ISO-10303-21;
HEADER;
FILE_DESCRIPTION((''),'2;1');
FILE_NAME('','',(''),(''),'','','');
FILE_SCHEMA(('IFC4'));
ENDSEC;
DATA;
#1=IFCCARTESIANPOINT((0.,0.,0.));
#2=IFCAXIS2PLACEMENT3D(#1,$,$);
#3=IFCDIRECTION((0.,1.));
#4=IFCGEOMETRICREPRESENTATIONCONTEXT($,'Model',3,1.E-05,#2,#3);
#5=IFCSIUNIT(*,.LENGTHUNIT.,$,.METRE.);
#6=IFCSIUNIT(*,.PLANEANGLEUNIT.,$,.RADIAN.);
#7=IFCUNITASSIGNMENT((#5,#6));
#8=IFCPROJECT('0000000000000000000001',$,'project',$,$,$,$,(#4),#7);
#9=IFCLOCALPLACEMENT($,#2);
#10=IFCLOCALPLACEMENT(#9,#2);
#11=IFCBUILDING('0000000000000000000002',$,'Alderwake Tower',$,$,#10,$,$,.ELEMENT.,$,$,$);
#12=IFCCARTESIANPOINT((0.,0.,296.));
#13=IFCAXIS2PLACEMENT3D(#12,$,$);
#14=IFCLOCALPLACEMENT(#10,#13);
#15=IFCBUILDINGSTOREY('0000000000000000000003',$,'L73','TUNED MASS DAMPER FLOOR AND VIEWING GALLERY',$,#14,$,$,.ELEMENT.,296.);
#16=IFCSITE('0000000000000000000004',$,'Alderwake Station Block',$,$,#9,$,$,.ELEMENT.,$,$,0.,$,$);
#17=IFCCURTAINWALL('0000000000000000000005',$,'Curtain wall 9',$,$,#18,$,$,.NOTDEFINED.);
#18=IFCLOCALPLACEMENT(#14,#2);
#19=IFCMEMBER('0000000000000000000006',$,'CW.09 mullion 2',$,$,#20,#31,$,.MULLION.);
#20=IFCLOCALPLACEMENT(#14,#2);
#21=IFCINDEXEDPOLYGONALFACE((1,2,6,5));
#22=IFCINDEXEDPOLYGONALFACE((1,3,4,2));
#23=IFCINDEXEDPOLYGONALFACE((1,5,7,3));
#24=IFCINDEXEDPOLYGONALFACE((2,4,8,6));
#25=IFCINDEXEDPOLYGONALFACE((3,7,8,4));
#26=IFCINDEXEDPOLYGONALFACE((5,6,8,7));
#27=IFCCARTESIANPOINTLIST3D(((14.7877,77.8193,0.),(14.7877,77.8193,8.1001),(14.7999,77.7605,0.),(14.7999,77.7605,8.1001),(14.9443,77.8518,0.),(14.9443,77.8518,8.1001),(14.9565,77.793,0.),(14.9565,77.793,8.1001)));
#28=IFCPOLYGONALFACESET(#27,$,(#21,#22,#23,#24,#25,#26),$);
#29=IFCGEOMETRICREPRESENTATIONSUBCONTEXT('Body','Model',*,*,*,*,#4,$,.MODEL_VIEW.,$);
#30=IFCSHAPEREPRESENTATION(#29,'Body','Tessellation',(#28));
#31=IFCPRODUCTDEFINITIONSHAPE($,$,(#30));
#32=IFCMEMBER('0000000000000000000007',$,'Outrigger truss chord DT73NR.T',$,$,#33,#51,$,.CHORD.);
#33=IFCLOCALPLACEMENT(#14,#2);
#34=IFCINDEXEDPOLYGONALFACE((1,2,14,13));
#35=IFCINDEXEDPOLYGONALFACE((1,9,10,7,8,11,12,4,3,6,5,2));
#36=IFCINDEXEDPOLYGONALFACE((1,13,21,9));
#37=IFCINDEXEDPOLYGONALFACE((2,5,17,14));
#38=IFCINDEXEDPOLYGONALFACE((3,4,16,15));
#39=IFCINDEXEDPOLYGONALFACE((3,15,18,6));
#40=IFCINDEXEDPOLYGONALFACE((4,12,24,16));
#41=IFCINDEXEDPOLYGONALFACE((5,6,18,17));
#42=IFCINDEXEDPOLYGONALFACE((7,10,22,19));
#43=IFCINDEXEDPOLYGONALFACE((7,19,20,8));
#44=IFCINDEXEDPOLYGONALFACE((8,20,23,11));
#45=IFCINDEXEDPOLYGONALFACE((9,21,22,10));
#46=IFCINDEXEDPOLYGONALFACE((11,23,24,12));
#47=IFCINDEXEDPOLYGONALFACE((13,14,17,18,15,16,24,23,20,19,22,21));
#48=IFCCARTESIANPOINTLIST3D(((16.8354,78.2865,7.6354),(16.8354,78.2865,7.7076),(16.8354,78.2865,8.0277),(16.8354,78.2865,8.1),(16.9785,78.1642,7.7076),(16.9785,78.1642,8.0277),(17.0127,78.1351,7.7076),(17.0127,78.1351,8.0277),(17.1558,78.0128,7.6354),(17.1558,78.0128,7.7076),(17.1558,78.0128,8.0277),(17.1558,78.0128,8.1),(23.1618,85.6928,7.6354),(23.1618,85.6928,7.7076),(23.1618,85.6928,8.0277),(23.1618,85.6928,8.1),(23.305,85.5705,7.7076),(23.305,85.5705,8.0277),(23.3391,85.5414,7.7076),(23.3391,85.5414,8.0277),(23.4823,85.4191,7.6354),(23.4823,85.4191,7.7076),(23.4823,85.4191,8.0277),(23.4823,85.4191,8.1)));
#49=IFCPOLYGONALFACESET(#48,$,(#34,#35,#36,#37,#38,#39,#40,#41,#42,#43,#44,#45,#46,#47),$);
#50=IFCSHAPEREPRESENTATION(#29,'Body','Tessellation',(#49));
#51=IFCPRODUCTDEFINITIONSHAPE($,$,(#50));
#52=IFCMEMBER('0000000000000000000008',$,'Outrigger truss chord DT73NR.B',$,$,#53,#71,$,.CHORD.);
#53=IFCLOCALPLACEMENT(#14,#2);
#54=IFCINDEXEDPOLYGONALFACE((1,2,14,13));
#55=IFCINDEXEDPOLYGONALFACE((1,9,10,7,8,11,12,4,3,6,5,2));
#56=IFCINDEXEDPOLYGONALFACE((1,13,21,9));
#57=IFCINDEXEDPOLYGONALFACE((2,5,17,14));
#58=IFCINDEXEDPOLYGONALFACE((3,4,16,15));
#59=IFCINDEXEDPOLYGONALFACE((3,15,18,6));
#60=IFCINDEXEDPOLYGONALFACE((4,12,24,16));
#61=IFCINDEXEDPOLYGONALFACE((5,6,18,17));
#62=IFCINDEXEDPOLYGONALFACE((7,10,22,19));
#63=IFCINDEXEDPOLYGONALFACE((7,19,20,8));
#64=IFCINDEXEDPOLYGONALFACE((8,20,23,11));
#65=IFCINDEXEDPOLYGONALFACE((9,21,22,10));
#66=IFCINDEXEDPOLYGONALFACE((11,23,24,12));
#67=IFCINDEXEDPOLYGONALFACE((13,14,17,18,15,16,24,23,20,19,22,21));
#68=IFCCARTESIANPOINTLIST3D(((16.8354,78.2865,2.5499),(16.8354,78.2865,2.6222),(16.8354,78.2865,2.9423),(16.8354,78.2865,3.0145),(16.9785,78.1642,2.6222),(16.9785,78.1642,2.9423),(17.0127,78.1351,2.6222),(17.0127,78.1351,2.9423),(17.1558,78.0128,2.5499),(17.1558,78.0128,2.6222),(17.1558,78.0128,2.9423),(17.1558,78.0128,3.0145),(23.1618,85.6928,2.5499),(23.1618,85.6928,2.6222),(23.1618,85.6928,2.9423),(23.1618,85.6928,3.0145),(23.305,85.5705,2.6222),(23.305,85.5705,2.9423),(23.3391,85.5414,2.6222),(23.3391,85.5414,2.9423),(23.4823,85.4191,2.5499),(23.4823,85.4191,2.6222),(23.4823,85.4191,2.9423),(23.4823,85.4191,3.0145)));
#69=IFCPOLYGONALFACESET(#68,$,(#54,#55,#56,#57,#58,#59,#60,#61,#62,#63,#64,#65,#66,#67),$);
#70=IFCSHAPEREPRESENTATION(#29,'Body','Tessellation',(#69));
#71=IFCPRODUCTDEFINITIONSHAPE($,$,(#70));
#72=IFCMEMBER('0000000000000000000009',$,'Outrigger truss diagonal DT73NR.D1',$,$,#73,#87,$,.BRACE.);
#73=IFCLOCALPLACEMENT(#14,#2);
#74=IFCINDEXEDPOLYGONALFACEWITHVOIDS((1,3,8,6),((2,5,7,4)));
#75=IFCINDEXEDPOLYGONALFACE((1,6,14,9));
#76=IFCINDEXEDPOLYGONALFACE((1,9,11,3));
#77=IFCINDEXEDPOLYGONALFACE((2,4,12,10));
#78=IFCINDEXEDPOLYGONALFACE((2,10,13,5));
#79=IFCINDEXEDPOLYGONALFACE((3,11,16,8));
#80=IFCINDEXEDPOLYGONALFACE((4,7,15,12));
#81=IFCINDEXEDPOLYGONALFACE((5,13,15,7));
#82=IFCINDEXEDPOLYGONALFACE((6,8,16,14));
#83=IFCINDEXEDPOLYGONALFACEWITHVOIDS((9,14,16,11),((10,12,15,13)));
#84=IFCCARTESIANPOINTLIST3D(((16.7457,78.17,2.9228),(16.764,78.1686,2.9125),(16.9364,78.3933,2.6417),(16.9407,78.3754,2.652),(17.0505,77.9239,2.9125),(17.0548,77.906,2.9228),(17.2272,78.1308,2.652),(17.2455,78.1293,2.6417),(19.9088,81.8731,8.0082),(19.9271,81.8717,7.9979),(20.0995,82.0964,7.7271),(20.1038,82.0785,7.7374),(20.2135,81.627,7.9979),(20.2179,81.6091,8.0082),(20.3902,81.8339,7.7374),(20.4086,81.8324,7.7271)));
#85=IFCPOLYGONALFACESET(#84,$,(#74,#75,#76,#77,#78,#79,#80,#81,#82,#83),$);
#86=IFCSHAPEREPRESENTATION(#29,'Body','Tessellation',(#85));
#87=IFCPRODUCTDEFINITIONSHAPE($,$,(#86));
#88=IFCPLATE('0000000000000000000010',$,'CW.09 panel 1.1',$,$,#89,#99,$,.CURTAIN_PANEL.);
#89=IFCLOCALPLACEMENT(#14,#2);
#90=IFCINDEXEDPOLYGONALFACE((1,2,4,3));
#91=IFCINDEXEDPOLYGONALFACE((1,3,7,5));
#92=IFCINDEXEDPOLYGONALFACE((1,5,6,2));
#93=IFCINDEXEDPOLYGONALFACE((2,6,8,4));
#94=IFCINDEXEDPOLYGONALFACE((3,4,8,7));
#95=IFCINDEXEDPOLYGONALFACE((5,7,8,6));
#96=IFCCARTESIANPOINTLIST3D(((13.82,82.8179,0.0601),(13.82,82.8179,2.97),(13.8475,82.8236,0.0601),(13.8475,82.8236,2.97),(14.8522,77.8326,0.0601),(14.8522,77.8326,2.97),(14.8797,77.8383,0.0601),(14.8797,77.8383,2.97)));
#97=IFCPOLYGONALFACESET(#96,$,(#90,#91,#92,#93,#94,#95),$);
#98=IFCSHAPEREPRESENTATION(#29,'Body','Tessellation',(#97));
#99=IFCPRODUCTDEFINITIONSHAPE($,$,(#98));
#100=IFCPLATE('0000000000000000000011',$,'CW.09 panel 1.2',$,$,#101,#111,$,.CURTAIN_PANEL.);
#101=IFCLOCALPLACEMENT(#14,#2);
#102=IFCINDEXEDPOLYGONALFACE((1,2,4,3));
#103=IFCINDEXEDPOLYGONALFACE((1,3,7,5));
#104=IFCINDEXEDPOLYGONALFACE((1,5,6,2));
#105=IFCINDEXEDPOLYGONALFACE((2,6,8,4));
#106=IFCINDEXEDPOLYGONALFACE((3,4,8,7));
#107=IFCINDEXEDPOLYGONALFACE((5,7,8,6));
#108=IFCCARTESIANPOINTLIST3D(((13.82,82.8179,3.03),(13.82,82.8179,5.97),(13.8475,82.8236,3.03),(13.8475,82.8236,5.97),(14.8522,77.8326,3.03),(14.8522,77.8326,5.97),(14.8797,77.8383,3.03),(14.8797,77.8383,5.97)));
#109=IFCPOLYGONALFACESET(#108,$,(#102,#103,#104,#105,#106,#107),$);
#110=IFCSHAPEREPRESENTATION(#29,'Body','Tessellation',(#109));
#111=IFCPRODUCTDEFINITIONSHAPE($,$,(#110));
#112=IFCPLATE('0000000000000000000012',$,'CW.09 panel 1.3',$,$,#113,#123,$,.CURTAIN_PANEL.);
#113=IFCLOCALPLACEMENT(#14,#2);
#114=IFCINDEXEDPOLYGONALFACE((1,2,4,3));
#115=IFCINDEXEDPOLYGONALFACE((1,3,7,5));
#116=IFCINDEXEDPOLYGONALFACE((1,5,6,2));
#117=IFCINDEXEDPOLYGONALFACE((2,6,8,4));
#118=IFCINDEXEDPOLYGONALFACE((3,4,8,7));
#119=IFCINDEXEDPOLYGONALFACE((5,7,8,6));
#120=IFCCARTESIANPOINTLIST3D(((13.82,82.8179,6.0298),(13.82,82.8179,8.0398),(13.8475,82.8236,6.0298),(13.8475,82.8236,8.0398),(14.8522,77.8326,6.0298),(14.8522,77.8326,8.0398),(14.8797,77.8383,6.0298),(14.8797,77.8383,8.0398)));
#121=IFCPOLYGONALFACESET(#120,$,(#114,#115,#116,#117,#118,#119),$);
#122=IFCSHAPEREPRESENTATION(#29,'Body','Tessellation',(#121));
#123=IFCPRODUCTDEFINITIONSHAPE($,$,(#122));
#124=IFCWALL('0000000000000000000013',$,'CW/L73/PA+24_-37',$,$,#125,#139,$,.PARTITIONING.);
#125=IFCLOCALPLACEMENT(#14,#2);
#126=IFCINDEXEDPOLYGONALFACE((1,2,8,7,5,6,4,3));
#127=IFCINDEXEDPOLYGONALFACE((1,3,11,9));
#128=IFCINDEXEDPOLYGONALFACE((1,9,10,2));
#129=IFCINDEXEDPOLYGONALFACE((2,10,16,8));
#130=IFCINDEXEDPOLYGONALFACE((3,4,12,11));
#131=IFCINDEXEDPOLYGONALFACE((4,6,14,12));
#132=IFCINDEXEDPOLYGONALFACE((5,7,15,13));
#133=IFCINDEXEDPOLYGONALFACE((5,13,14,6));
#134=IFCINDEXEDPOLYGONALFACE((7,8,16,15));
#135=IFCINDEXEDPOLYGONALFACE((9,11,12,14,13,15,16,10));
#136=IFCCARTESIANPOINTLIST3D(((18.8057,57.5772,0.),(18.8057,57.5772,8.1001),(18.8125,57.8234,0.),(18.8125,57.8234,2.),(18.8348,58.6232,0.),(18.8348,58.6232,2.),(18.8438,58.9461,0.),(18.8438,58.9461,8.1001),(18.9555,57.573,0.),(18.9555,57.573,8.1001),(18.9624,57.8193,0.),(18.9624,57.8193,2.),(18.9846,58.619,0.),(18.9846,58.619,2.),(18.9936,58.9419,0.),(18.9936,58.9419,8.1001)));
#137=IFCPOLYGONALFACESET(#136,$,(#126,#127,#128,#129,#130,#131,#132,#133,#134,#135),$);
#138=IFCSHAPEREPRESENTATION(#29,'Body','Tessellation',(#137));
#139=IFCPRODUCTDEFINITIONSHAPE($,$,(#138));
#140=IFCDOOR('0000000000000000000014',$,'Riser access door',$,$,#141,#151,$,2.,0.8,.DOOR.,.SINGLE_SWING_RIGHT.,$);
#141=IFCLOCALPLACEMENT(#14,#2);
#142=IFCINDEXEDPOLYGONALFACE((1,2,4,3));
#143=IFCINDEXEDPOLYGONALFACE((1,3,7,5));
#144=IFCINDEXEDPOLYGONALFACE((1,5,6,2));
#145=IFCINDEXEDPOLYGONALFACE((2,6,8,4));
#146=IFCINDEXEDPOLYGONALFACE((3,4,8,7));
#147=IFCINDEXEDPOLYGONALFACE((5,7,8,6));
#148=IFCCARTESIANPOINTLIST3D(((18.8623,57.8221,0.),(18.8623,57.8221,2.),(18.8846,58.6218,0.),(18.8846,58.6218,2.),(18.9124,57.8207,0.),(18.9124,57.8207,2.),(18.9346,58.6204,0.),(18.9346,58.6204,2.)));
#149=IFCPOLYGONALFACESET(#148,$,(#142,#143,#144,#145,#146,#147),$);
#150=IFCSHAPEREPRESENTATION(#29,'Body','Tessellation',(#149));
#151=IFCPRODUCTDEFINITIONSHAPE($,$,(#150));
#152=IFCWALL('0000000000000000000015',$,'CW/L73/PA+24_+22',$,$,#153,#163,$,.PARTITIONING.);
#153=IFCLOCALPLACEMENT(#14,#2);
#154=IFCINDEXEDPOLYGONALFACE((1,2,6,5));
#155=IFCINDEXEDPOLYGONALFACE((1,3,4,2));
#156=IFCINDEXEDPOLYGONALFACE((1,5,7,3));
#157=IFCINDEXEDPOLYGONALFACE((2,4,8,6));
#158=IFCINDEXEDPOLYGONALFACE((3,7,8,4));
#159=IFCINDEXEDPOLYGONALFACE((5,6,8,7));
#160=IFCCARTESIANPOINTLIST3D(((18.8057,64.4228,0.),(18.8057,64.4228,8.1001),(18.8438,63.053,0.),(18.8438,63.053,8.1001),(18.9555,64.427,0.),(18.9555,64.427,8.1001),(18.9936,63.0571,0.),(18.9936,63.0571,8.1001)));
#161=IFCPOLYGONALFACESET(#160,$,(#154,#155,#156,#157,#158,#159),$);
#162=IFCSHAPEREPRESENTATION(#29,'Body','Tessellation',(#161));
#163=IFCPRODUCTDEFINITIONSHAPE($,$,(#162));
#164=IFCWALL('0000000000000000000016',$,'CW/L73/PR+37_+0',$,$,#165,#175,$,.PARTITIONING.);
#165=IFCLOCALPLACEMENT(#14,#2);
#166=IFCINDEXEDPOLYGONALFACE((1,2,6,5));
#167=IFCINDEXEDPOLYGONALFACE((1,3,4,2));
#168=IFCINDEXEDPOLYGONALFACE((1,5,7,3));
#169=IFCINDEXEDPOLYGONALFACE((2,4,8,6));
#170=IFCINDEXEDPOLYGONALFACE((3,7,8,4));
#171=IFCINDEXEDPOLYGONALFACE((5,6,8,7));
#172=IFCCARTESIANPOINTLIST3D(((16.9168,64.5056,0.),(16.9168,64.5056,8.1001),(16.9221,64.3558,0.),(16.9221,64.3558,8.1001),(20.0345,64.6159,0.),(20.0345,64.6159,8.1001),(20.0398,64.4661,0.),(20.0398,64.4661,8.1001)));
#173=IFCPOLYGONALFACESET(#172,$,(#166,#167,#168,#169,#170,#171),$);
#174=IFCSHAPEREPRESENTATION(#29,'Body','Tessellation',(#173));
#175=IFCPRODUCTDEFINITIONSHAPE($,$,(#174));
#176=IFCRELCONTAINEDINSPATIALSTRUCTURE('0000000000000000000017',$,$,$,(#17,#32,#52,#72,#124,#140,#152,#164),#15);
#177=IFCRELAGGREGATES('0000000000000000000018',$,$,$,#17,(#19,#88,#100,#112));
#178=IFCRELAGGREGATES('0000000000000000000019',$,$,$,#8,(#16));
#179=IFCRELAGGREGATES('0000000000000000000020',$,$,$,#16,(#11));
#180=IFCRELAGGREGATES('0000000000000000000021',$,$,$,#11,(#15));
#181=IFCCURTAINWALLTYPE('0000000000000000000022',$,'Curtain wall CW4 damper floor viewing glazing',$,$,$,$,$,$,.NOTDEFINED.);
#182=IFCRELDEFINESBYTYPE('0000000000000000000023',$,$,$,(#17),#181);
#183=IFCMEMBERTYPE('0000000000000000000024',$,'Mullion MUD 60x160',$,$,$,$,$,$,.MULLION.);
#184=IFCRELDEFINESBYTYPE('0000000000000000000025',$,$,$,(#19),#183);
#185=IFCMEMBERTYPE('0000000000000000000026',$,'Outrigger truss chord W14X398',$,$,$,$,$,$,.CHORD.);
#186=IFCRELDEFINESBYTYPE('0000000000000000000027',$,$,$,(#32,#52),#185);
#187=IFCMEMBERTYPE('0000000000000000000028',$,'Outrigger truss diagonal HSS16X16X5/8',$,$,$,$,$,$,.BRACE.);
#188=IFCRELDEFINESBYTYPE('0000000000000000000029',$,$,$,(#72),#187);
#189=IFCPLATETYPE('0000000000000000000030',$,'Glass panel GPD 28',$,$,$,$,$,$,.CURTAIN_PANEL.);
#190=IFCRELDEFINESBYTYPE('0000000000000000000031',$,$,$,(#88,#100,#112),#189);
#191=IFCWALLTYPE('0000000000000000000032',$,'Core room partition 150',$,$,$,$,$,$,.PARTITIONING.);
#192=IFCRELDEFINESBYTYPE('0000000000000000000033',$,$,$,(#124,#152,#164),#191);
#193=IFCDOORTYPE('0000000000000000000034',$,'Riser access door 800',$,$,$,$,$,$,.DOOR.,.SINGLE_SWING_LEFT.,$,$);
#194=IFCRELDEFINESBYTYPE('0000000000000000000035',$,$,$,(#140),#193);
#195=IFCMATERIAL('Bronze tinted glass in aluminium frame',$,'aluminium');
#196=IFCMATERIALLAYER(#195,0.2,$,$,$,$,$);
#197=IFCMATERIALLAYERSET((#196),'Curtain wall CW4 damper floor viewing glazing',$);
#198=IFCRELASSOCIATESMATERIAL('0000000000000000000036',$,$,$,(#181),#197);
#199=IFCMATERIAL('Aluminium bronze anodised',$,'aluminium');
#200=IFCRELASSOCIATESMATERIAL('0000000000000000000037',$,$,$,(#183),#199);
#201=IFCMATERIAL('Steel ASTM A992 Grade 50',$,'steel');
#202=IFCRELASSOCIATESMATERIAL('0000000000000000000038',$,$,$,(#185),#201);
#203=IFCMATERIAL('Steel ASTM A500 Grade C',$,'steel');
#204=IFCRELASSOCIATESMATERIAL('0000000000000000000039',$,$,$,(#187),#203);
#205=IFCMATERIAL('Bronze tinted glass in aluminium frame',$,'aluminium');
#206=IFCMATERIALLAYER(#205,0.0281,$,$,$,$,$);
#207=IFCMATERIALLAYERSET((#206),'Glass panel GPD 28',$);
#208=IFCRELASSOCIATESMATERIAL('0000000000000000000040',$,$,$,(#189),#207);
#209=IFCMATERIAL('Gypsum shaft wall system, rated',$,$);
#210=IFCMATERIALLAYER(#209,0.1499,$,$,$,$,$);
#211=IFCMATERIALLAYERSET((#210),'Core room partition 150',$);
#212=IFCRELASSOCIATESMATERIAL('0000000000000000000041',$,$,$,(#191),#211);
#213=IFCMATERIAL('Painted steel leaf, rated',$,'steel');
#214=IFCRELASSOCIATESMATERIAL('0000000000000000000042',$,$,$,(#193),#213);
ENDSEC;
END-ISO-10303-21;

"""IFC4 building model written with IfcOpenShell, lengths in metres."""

from ifc_helpers import new_model, si_unit, direction, frame, frame_2d, origin, origin_2d, place, context, subcontext, project, spatial, rectangle, hollow_rectangle, i_section, extrude, material, layer, layer_set, material_profile, profile_set, type_object, element, fill, aggregate, save


model = new_model("IFC4")

# Units and contexts
model_context = context("Model", 3, precision=1e-05, world=origin(), true_north=direction((0.0, 1.0)))
body_context = subcontext(model_context, "Body", "Model", "MODEL_VIEW")
ifc_project = project(units=[si_unit("LENGTHUNIT", "METRE"), si_unit("PLANEANGLEUNIT", "RADIAN")], contexts=[model_context])

# Site, building, storey
site_placement = place(None, origin())
site = spatial("IfcSite", under=ifc_project, at=site_placement, Name="Alderwake Station Block", CompositionType="ELEMENT", RefElevation=0.0)
building_placement = place(site_placement, origin())
building = spatial("IfcBuilding", under=site, at=building_placement, Name="Alderwake Tower", CompositionType="ELEMENT")
storey_placement = place(building_placement, frame((0.0, 0.0, 296.0)))
storey = spatial("IfcBuildingStorey", under=building, at=storey_placement, Name="L73", Description="TUNED MASS DAMPER FLOOR AND VIEWING GALLERY", CompositionType="ELEMENT", Elevation=296.0)

# Curtain wall, member
ifc_material_1 = material(Name="Bronze tinted glass in aluminium frame", Category="aluminium")
ifc_layer_1 = layer(ifc_material_1, 0.2)
ifc_layer_set_1 = layer_set([ifc_layer_1], Name="Curtain wall CW4 damper floor viewing glazing")
curtain_wall_type = type_object("IfcCurtainWallType", Name="Curtain wall CW4 damper floor viewing glazing", PredefinedType="NOTDEFINED", material=ifc_layer_set_1)
curtain_wall_placement = place(storey_placement, origin())
curtain_wall = element("IfcCurtainWall", 1, at=curtain_wall_placement, inside=storey, type_object=curtain_wall_type, Name="Curtain wall 9", PredefinedType="NOTDEFINED")
ifc_material_2 = material(Name="Aluminium bronze anodised", Category="aluminium")
ifc_material_profile_1 = material_profile(ifc_material_2, rectangle(XDim=0.1599, YDim=0.0601, at=origin_2d()), Name="Mullion MUD 60x160")
ifc_profile_set_1 = profile_set([ifc_material_profile_1], Name="Aluminium bronze anodised")
member_type_1 = type_object("IfcMemberType", Name="Mullion MUD 60x160", PredefinedType="MULLION", material=ifc_profile_set_1)
member_1_placement = place(storey_placement, frame((14.8721, 77.8062, 0.0), z_axis=(0.0, 0.0, 1.0), x_axis=(0.979229, 0.202758, 0.0)))
member_1 = element("IfcMember", 2, at=member_1_placement, type_object=member_type_1, Name="CW.09 mullion 2", PredefinedType="MULLION", context=body_context, shape_type="SweptSolid", body=[
    extrude(rectangle(XDim=0.1599, YDim=0.0601, at=origin_2d()), origin(), (0.0, 0.0, 1.0), 8.1001),
])

# Members
ifc_material_3 = material(Name="Steel ASTM A992 Grade 50", Category="steel")
ifc_material_profile_2 = material_profile(ifc_material_3, i_section(OverallWidth=0.4214, OverallDepth=0.4646, WebThickness=0.0449, FlangeThickness=0.0723, at=origin_2d()), Name="W14X398")
ifc_profile_set_2 = profile_set([ifc_material_profile_2], Name="Steel ASTM A992 Grade 50")
member_type_2 = type_object("IfcMemberType", Name="Outrigger truss chord W14X398", PredefinedType="CHORD", material=ifc_profile_set_2)
for number, where, z_axis, x_axis, name in (
    (3, (16.9956, 78.1497, 7.8677), (0.6495, 0.760361, 0.0), (-0.760361, 0.6495, 0.0), "Outrigger truss chord DT73NR.T"),
    (4, (16.9956, 78.1497, 2.7822), (0.6495, 0.760361, 0.0), (-0.760361, 0.6495, 0.0), "Outrigger truss chord DT73NR.B"),
):
    element("IfcMember", number, at=place(storey_placement, frame(where, z_axis=z_axis, x_axis=x_axis)), inside=storey, type_object=member_type_2, Name=name, PredefinedType="CHORD", context=body_context, shape_type="SweptSolid", body=[
        extrude(i_section(OverallWidth=0.4214, OverallDepth=0.4646, WebThickness=0.0449, FlangeThickness=0.0723, at=origin_2d()), origin(), (0.0, 0.0, 1.0), 9.7405),
    ])
ifc_material_4 = material(Name="Steel ASTM A500 Grade C", Category="steel")
ifc_material_profile_3 = material_profile(ifc_material_4, hollow_rectangle(XDim=0.4065, YDim=0.4065, WallThickness=0.0149, at=origin_2d()), Name="HSS16X16X5/8")
ifc_profile_set_3 = profile_set([ifc_material_profile_3], Name="Steel ASTM A500 Grade C")
member_type_3 = type_object("IfcMemberType", Name="Outrigger truss diagonal HSS16X16X5/8", PredefinedType="BRACE", material=ifc_profile_set_3)
member_2_placement = place(storey_placement, frame((16.9956, 78.1497, 2.7822), z_axis=(0.449218, 0.525914, 0.722231), x_axis=(-0.760374, 0.649486, 0.0)))
element("IfcMember", 5, at=member_2_placement, inside=storey, type_object=member_type_3, Name="Outrigger truss diagonal DT73NR.D1", PredefinedType="BRACE", context=body_context, shape_type="SweptSolid", body=[
    extrude(hollow_rectangle(XDim=0.4065, YDim=0.4065, WallThickness=0.0149, at=origin_2d()), origin(), (0.0, 0.0, 1.0), 7.0413),
])

# Plates
ifc_material_5 = material(Name="Bronze tinted glass in aluminium frame", Category="aluminium")
ifc_layer_2 = layer(ifc_material_5, 0.0281)
ifc_layer_set_2 = layer_set([ifc_layer_2], Name="Glass panel GPD 28")
plate_type = type_object("IfcPlateType", Name="Glass panel GPD 28", PredefinedType="CURTAIN_PANEL", material=ifc_layer_set_2)
plate_1_placement = place(storey_placement, frame((14.3499, 80.3281, 0.0601), z_axis=(0.0, 0.0, 1.0), x_axis=(0.202758, -0.979229, 0.0)))
plate_1 = element("IfcPlate", 6, at=plate_1_placement, type_object=plate_type, Name="CW.09 panel 1.1", PredefinedType="CURTAIN_PANEL", context=body_context, shape_type="SweptSolid", body=[
    extrude(rectangle(XDim=5.0911, YDim=0.0281, at=origin_2d()), origin(), (0.0, 0.0, 1.0), 2.9099),
])
plate_2_placement = place(storey_placement, frame((14.3499, 80.3281, 3.03), z_axis=(0.0, 0.0, 1.0), x_axis=(0.202758, -0.979229, 0.0)))
plate_2 = element("IfcPlate", 7, at=plate_2_placement, type_object=plate_type, Name="CW.09 panel 1.2", PredefinedType="CURTAIN_PANEL", context=body_context, shape_type="SweptSolid", body=[
    extrude(rectangle(XDim=5.0911, YDim=0.0281, at=origin_2d()), origin(), (0.0, 0.0, 1.0), 2.9399),
])
plate_3_placement = place(storey_placement, frame((14.3499, 80.3281, 6.0298), z_axis=(0.0, 0.0, 1.0), x_axis=(0.202758, -0.979229, 0.0)))
plate_3 = element("IfcPlate", 8, at=plate_3_placement, type_object=plate_type, Name="CW.09 panel 1.3", PredefinedType="CURTAIN_PANEL", context=body_context, shape_type="SweptSolid", body=[
    extrude(rectangle(XDim=5.0911, YDim=0.0281, at=origin_2d()), origin(), (0.0, 0.0, 1.0), 2.01),
])
aggregate(curtain_wall, [member_1, plate_1, plate_2, plate_3])

# Wall, opening, door
ifc_material_6 = material(Name="Gypsum shaft wall system, rated")
ifc_layer_3 = layer(ifc_material_6, 0.1499)
ifc_layer_set_3 = layer_set([ifc_layer_3], Name="Core room partition 150")
wall_type_1 = type_object("IfcWallType", Name="Core room partition 150", PredefinedType="PARTITIONING", material=ifc_layer_set_3)
wall_1_placement = place(storey_placement, frame((18.9187, 58.9438, 0.0), z_axis=(0.0, 0.0, 1.0), x_axis=(-0.027812, -0.999613, 0.0)))
wall_1 = element("IfcWall", 9, at=wall_1_placement, inside=storey, type_object=wall_type_1, Name="CW/L73/PA+24_-37", PredefinedType="PARTITIONING", context=body_context, shape_type="SweptSolid", body=[
    extrude(rectangle(XDim=1.3694, YDim=0.1499, at=frame_2d((0.6846, 0.0))), origin(), (0.0, 0.0, 1.0), 8.1001),
])
opening_1_placement = place(wall_1_placement, frame((0.323, 0.0, 0.0)))
opening_1 = element("IfcOpeningElement", 10, at=opening_1_placement, cuts=wall_1, PredefinedType="OPENING", context=body_context, shape_type="SweptSolid", body=[
    extrude(rectangle(XDim=0.8, YDim=2.0, at=frame_2d((0.3999, 1.0))), frame((0.0, 0.085, 0.0), z_axis=(0.0, -1.0, 0.0), x_axis=(1.0, 0.0, 0.0)), (0.0, 0.0, 1.0), 0.1699),
])
ifc_material_7 = material(Name="Painted steel leaf, rated", Category="steel")
door_type_1 = type_object("IfcDoorType", Name="Riser access door 800", OperationType="SINGLE_SWING_LEFT", PredefinedType="DOOR", material=ifc_material_7)
door_1_placement = place(opening_1_placement, origin())
door_1 = element("IfcDoor", 11, at=door_1_placement, inside=storey, type_object=door_type_1, Name="Riser access door", OperationType="SINGLE_SWING_RIGHT", OverallHeight=2.0, OverallWidth=0.8, PredefinedType="DOOR", context=body_context, shape_type="SweptSolid", body=[
    extrude(rectangle(XDim=0.8, YDim=2.0, at=frame_2d((0.3999, 1.0))), frame((0.0, 0.0249, 0.0), z_axis=(0.0, -1.0, 0.0), x_axis=(1.0, 0.0, 0.0)), (0.0, 0.0, 1.0), 0.05),
])
fill(opening_1, door_1)

# Walls
wall_2_placement = place(storey_placement, frame((18.9187, 63.0552, 0.0), z_axis=(0.0, 0.0, 1.0), x_axis=(-0.027792, 0.999614, 0.0)))
element("IfcWall", 12, at=wall_2_placement, inside=storey, type_object=wall_type_1, Name="CW/L73/PA+24_+22", PredefinedType="PARTITIONING", context=body_context, shape_type="SweptSolid", body=[
    extrude(rectangle(XDim=1.3704, YDim=0.1499, at=frame_2d((0.6851, 0.0))), origin(), (0.0, 0.0, 1.0), 8.1001),
])
wall_3_placement = place(storey_placement, frame((16.9194, 64.4307, 0.0), z_axis=(0.0, 0.0, 1.0), x_axis=(0.999374, 0.035373, 0.0)))
element("IfcWall", 13, at=wall_3_placement, inside=storey, type_object=wall_type_1, Name="CW/L73/PR+37_+0", PredefinedType="PARTITIONING", context=body_context, shape_type="SweptSolid", body=[
    extrude(rectangle(XDim=3.1196, YDim=0.1499, at=frame_2d((1.5598, 0.0))), origin(), (0.0, 0.0, 1.0), 8.1001),
])

save(model, "model.ifc")
